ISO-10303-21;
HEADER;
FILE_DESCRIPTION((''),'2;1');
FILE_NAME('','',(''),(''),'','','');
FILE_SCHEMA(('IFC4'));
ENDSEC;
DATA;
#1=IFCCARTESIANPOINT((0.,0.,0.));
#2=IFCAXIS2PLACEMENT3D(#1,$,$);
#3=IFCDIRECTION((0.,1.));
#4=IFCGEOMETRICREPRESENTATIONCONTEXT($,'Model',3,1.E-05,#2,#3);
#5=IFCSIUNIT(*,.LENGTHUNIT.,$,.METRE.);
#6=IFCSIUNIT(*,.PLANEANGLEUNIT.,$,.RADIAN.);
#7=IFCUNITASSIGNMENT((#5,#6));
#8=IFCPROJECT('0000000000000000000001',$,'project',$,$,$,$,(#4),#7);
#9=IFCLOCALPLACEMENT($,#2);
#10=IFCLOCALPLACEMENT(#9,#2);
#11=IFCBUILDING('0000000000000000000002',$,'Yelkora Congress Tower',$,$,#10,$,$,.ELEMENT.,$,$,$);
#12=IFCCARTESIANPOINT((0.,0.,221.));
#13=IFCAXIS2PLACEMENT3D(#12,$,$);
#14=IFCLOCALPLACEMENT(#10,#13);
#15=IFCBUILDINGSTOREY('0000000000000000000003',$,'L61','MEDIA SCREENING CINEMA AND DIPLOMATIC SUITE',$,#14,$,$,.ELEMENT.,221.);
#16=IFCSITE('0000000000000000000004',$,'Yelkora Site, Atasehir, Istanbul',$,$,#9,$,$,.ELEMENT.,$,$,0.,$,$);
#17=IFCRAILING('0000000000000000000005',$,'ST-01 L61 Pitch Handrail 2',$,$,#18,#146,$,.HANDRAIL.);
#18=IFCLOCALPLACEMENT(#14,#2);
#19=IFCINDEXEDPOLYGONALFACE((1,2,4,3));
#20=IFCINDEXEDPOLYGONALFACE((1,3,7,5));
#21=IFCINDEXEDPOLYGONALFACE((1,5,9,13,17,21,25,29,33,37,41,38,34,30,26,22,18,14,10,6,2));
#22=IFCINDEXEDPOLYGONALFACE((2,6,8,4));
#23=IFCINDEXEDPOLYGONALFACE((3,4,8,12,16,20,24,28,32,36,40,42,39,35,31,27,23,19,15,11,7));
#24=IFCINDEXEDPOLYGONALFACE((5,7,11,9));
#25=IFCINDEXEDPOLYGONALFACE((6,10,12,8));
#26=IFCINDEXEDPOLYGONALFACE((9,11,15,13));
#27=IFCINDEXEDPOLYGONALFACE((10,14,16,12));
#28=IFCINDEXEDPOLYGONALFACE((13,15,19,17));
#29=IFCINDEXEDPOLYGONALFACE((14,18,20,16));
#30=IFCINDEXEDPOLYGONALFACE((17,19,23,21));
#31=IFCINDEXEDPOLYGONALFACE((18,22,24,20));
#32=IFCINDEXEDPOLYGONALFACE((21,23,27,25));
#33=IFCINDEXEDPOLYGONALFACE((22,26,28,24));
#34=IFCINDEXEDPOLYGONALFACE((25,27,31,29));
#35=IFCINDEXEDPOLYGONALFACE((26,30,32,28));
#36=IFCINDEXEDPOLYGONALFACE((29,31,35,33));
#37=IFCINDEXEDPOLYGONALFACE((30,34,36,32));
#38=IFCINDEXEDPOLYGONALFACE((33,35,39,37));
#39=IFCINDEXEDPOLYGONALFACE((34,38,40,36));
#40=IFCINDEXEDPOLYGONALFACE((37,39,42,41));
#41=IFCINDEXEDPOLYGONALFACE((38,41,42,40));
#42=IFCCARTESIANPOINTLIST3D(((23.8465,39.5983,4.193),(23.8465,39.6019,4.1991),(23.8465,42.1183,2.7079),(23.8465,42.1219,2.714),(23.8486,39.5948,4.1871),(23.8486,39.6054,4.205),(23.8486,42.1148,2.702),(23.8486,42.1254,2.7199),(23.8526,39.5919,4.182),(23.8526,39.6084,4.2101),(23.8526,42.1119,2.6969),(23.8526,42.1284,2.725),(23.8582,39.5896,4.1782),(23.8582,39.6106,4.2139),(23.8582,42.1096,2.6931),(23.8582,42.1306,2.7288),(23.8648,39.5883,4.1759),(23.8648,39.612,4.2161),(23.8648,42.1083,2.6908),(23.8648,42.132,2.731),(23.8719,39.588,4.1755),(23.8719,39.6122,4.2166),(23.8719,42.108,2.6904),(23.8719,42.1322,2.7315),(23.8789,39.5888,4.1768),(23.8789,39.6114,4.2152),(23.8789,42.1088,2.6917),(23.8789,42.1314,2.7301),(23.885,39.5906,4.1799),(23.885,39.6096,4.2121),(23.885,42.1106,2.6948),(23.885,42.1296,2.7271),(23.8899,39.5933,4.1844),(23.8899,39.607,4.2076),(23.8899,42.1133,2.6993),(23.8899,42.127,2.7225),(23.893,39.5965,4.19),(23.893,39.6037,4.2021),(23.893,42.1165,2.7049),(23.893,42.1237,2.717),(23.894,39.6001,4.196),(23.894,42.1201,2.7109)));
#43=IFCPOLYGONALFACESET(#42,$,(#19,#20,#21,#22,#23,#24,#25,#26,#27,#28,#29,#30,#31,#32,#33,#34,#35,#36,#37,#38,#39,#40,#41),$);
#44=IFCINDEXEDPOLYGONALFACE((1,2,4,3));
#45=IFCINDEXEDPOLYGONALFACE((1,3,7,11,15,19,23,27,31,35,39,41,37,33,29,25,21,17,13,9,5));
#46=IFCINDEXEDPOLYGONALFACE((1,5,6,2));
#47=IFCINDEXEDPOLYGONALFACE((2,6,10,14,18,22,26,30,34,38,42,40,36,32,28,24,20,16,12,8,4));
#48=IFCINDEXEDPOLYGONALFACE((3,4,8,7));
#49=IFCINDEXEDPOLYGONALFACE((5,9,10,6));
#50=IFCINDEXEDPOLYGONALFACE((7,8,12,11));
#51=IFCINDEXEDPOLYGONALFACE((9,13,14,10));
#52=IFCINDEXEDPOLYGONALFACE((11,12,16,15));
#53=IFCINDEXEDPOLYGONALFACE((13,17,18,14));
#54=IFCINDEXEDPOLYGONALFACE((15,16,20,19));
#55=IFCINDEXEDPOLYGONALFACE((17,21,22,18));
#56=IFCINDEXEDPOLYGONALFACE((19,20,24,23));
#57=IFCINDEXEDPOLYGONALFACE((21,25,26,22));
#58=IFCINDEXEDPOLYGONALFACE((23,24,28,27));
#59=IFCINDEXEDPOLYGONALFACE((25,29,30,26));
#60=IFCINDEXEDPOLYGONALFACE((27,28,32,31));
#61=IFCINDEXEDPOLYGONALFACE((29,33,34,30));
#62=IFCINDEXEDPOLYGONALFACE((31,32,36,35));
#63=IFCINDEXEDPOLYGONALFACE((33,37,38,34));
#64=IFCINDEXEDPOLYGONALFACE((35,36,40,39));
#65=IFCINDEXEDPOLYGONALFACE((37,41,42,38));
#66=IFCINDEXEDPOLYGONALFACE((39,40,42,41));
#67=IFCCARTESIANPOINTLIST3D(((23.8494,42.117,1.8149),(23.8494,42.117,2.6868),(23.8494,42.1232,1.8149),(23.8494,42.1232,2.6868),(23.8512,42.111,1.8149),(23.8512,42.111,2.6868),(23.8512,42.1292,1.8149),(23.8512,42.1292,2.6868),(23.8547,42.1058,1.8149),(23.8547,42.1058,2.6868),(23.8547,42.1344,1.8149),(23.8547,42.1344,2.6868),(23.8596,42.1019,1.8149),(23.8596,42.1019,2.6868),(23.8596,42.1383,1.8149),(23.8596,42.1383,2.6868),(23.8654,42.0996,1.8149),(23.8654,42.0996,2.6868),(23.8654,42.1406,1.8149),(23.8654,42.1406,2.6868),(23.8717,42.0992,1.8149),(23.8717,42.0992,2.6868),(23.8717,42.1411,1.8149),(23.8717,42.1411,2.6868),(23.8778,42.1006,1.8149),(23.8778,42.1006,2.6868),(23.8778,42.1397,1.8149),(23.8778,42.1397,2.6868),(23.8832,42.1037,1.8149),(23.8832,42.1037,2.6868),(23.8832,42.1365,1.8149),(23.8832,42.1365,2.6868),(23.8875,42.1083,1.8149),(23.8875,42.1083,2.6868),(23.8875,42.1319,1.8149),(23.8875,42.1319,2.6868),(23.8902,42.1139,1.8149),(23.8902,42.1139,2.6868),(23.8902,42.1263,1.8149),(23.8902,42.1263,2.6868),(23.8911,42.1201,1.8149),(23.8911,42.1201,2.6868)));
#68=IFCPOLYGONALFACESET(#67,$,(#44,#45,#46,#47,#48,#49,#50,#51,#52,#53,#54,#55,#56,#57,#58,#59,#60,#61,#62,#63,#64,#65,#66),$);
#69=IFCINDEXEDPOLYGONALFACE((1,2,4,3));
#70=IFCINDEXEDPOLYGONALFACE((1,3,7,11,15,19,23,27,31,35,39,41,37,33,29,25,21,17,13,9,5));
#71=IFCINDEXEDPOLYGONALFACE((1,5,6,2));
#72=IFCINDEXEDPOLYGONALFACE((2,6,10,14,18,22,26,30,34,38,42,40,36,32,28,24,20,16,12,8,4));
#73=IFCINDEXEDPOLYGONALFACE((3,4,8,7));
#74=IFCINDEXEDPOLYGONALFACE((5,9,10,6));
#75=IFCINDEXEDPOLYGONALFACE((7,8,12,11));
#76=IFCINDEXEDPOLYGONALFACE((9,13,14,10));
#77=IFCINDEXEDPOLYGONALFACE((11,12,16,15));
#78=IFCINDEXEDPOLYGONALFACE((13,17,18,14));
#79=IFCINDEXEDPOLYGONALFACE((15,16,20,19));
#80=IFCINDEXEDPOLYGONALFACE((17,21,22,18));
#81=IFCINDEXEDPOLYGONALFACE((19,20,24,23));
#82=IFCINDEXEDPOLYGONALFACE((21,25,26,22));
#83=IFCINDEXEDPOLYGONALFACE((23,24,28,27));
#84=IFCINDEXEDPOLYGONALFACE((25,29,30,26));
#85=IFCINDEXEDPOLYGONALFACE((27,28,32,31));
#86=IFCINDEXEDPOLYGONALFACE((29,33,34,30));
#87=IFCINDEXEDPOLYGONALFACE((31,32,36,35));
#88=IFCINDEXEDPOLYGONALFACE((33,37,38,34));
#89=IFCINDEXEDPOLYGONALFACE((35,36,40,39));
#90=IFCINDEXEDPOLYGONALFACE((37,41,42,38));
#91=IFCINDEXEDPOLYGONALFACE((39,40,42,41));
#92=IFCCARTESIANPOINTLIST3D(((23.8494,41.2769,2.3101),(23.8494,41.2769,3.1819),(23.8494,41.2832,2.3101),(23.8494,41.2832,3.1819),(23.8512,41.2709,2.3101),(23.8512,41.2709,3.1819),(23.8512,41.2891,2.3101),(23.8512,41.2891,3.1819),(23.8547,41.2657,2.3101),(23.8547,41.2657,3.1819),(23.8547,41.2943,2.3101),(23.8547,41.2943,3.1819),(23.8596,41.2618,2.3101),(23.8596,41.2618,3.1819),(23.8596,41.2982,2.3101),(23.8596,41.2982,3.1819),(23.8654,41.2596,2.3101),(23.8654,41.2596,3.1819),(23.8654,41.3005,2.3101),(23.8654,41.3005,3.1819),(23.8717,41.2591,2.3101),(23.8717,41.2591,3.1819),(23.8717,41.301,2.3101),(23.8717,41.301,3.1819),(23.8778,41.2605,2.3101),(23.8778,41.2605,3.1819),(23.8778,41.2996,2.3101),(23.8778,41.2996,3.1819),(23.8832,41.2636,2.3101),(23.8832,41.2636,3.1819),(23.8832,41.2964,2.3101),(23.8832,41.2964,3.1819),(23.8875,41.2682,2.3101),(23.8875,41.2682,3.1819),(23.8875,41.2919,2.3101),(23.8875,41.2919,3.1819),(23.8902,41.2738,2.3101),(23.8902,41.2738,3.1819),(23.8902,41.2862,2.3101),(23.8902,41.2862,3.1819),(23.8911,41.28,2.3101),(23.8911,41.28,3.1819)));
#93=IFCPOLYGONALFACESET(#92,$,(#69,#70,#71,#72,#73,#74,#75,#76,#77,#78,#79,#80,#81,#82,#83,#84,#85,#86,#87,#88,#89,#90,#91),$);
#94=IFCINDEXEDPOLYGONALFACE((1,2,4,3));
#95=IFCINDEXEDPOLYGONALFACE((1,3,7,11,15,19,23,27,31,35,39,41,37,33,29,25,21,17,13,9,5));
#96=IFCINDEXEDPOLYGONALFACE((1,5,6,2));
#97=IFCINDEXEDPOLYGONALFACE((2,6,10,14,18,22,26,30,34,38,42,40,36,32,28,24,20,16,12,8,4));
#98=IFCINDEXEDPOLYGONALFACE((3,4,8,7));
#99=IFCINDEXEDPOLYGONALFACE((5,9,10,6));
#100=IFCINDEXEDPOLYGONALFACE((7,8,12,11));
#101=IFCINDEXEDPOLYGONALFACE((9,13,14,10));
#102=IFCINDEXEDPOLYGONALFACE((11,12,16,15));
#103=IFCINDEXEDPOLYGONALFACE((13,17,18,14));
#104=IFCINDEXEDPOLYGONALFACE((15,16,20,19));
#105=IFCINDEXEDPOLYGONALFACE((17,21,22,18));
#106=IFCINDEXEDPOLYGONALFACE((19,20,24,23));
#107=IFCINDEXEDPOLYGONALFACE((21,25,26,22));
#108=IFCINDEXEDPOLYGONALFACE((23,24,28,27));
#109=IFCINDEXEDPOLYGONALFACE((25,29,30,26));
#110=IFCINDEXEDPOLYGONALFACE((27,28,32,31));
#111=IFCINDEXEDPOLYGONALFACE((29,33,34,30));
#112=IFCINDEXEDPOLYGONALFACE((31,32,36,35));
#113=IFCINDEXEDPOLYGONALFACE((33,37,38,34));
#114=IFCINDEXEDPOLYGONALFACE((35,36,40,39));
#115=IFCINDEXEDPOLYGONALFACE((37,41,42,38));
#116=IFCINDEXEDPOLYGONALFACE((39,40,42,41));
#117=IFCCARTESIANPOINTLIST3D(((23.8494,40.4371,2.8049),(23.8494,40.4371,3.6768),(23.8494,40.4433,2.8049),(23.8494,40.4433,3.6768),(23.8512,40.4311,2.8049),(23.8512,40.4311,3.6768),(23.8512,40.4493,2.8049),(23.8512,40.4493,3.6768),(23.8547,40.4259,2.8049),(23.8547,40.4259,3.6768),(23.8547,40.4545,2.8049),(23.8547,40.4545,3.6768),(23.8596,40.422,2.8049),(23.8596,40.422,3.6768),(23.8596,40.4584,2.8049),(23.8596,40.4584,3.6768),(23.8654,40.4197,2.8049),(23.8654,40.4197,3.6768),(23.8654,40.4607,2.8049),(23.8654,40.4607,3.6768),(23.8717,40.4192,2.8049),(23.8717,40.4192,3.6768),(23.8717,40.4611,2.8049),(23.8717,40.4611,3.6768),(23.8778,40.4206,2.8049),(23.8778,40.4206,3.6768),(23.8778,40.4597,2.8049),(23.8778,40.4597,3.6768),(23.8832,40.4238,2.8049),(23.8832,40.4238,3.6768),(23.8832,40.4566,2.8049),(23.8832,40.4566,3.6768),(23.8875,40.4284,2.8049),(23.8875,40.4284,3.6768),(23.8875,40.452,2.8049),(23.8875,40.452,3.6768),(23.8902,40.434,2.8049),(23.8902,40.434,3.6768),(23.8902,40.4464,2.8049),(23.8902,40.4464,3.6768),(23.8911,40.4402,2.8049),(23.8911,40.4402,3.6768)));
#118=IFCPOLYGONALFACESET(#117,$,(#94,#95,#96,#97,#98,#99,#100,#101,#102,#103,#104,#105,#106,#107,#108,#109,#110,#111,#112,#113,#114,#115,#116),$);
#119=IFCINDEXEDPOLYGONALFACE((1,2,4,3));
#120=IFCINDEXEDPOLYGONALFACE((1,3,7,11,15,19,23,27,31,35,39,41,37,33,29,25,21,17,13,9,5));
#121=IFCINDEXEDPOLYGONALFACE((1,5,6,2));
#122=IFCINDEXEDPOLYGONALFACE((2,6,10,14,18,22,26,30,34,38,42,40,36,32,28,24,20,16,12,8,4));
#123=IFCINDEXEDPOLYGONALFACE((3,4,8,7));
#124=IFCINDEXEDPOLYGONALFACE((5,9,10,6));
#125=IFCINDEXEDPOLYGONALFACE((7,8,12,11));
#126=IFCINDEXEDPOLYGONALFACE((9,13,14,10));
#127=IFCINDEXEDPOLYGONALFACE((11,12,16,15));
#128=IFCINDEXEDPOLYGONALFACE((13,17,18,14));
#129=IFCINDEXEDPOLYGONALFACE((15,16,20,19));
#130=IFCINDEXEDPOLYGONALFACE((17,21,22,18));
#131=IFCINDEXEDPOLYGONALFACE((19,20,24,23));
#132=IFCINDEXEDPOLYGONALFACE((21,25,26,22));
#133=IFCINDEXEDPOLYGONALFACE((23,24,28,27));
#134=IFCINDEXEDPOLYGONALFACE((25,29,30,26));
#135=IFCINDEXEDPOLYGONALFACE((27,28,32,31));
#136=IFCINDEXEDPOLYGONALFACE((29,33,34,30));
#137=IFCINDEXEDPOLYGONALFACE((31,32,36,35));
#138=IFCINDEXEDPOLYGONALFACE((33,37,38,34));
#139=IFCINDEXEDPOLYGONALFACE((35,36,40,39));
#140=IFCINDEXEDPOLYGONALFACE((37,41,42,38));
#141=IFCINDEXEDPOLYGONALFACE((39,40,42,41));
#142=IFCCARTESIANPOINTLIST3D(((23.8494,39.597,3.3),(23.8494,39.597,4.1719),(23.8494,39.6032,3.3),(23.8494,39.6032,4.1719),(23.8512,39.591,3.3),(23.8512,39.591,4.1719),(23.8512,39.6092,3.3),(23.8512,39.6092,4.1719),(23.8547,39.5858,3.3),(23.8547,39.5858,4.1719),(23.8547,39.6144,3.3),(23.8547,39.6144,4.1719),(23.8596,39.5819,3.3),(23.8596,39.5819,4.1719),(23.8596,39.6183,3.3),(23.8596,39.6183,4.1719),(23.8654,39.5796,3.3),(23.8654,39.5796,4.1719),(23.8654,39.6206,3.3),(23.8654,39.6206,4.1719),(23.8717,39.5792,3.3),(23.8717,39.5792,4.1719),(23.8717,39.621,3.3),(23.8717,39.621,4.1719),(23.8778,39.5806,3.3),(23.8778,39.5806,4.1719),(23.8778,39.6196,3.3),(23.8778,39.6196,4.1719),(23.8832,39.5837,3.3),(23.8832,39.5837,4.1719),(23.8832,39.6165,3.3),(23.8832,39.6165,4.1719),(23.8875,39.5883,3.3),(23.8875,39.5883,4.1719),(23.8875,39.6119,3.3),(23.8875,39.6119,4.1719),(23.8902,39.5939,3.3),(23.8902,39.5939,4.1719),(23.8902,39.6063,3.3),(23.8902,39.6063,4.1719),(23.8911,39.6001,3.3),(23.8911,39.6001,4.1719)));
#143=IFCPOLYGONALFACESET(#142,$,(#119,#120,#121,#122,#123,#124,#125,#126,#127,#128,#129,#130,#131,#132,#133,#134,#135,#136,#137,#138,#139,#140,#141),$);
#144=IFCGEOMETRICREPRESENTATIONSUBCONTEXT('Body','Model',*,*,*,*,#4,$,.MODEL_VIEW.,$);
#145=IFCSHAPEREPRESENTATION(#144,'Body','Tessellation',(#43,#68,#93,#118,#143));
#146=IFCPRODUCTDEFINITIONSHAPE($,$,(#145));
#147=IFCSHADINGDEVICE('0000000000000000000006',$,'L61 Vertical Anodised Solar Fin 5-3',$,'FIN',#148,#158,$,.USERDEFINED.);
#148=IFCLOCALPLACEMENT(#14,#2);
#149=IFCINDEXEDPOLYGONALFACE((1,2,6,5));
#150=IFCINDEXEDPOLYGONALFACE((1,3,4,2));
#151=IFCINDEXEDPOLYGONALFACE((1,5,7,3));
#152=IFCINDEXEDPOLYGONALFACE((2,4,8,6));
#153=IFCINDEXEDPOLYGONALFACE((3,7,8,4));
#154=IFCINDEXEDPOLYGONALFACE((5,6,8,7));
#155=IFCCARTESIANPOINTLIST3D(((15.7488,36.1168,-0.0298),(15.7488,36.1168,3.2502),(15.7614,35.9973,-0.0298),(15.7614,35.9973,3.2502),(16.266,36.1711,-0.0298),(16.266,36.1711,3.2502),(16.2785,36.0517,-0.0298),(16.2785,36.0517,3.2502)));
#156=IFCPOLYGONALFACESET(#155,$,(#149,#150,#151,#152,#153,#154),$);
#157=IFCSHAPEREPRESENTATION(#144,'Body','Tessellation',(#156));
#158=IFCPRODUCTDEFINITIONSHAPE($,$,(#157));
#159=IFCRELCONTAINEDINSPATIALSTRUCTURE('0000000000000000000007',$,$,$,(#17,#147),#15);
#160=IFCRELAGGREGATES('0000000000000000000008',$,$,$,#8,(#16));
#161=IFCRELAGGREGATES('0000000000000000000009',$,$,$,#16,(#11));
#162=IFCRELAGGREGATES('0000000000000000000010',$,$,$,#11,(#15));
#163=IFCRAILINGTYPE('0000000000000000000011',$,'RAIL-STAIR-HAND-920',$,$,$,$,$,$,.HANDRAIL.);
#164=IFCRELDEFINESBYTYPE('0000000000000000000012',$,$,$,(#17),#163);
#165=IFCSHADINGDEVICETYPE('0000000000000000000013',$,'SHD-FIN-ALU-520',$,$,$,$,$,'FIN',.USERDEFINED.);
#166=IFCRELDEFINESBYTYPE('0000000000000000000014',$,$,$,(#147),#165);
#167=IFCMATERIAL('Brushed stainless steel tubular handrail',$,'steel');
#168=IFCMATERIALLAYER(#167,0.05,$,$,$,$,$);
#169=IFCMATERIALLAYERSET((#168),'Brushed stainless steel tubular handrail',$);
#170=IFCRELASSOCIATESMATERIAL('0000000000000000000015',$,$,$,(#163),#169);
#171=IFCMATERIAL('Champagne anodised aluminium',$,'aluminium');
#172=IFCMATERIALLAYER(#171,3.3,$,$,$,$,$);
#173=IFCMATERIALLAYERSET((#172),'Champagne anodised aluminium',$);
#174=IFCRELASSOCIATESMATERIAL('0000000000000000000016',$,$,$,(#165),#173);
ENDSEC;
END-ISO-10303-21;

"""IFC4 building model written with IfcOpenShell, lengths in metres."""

from ifc_helpers import new_model, si_unit, direction, frame, origin, origin_2d, place, context, subcontext, project, spatial, rectangle, circle, extrude, material, layer, layer_set, type_object, element, save


model = new_model("IFC4")

# Units and contexts
model_context = context("Model", 3, precision=1e-05, world=origin(), true_north=direction((0.0, 1.0)))
body_context = subcontext(model_context, "Body", "Model", "MODEL_VIEW")
ifc_project = project(units=[si_unit("LENGTHUNIT", "METRE"), si_unit("PLANEANGLEUNIT", "RADIAN")], contexts=[model_context])

# Site, building, storey
site_placement = place(None, origin())
site = spatial("IfcSite", under=ifc_project, at=site_placement, Name="Yelkora Site, Atasehir, Istanbul", CompositionType="ELEMENT", RefElevation=0.0)
building_placement = place(site_placement, origin())
building = spatial("IfcBuilding", under=site, at=building_placement, Name="Yelkora Congress Tower", CompositionType="ELEMENT")
storey_placement = place(building_placement, frame((0.0, 0.0, 221.0)))
storey = spatial("IfcBuildingStorey", under=building, at=storey_placement, Name="L61", Description="MEDIA SCREENING CINEMA AND DIPLOMATIC SUITE", CompositionType="ELEMENT", Elevation=221.0)

# Railing
ifc_material_1 = material(Name="Brushed stainless steel tubular handrail", Category="steel")
ifc_layer_1 = layer(ifc_material_1, 0.05)
ifc_layer_set_1 = layer_set([ifc_layer_1], Name="Brushed stainless steel tubular handrail")
railing_type_1 = type_object("IfcRailingType", Name="RAIL-STAIR-HAND-920", PredefinedType="HANDRAIL", material=ifc_layer_set_1)
railing_1_placement = place(storey_placement, frame((23.8701, 42.1201, 1.8149)))
element("IfcRailing", 1, at=railing_1_placement, inside=storey, type_object=railing_type_1, Name="ST-01 L61 Pitch Handrail 2", PredefinedType="HANDRAIL", context=body_context, shape_type="SweptSolid", body=[
    extrude(circle(Radius=0.0239, at=origin_2d()), frame((0.0, 0.0, 0.896), z_axis=(0.0, -0.861524, 0.507717), x_axis=(1.0, 0.0, 0.0)), (0.0, 0.0, 1.0), 2.925),
    extrude(circle(Radius=0.021, at=origin_2d()), origin(), (0.0, 0.0, 1.0), 0.8718),
    extrude(circle(Radius=0.021, at=origin_2d()), frame((0.0, -0.8401, 0.4951)), (0.0, 0.0, 1.0), 0.8718),
    extrude(circle(Radius=0.021, at=origin_2d()), frame((0.0, -1.6799, 0.99)), (0.0, 0.0, 1.0), 0.8718),
    extrude(circle(Radius=0.021, at=origin_2d()), frame((0.0, -2.52, 1.4851)), (0.0, 0.0, 1.0), 0.8718),
])

# Shading device
ifc_material_2 = material(Name="Champagne anodised aluminium", Category="aluminium")
ifc_layer_2 = layer(ifc_material_2, 3.3)
ifc_layer_set_2 = layer_set([ifc_layer_2], Name="Champagne anodised aluminium")
shading_device_type = type_object("IfcShadingDeviceType", Name="SHD-FIN-ALU-520", ElementType="FIN", PredefinedType="USERDEFINED", material=ifc_layer_set_2)
shading_device_placement = place(storey_placement, frame((16.0137, 36.0842, -0.0298), z_axis=(0.0, 0.0, 1.0), x_axis=(-0.104528, 0.994522, 0.0)))
element("IfcShadingDevice", 2, at=shading_device_placement, inside=storey, type_object=shading_device_type, Name="L61 Vertical Anodised Solar Fin 5-3", ObjectType="FIN", PredefinedType="USERDEFINED", context=body_context, shape_type="SweptSolid", body=[
    extrude(rectangle(XDim=0.1201, YDim=0.52, at=origin_2d()), origin(), (0.0, 0.0, 1.0), 3.28),
])

save(model, "model.ifc")
